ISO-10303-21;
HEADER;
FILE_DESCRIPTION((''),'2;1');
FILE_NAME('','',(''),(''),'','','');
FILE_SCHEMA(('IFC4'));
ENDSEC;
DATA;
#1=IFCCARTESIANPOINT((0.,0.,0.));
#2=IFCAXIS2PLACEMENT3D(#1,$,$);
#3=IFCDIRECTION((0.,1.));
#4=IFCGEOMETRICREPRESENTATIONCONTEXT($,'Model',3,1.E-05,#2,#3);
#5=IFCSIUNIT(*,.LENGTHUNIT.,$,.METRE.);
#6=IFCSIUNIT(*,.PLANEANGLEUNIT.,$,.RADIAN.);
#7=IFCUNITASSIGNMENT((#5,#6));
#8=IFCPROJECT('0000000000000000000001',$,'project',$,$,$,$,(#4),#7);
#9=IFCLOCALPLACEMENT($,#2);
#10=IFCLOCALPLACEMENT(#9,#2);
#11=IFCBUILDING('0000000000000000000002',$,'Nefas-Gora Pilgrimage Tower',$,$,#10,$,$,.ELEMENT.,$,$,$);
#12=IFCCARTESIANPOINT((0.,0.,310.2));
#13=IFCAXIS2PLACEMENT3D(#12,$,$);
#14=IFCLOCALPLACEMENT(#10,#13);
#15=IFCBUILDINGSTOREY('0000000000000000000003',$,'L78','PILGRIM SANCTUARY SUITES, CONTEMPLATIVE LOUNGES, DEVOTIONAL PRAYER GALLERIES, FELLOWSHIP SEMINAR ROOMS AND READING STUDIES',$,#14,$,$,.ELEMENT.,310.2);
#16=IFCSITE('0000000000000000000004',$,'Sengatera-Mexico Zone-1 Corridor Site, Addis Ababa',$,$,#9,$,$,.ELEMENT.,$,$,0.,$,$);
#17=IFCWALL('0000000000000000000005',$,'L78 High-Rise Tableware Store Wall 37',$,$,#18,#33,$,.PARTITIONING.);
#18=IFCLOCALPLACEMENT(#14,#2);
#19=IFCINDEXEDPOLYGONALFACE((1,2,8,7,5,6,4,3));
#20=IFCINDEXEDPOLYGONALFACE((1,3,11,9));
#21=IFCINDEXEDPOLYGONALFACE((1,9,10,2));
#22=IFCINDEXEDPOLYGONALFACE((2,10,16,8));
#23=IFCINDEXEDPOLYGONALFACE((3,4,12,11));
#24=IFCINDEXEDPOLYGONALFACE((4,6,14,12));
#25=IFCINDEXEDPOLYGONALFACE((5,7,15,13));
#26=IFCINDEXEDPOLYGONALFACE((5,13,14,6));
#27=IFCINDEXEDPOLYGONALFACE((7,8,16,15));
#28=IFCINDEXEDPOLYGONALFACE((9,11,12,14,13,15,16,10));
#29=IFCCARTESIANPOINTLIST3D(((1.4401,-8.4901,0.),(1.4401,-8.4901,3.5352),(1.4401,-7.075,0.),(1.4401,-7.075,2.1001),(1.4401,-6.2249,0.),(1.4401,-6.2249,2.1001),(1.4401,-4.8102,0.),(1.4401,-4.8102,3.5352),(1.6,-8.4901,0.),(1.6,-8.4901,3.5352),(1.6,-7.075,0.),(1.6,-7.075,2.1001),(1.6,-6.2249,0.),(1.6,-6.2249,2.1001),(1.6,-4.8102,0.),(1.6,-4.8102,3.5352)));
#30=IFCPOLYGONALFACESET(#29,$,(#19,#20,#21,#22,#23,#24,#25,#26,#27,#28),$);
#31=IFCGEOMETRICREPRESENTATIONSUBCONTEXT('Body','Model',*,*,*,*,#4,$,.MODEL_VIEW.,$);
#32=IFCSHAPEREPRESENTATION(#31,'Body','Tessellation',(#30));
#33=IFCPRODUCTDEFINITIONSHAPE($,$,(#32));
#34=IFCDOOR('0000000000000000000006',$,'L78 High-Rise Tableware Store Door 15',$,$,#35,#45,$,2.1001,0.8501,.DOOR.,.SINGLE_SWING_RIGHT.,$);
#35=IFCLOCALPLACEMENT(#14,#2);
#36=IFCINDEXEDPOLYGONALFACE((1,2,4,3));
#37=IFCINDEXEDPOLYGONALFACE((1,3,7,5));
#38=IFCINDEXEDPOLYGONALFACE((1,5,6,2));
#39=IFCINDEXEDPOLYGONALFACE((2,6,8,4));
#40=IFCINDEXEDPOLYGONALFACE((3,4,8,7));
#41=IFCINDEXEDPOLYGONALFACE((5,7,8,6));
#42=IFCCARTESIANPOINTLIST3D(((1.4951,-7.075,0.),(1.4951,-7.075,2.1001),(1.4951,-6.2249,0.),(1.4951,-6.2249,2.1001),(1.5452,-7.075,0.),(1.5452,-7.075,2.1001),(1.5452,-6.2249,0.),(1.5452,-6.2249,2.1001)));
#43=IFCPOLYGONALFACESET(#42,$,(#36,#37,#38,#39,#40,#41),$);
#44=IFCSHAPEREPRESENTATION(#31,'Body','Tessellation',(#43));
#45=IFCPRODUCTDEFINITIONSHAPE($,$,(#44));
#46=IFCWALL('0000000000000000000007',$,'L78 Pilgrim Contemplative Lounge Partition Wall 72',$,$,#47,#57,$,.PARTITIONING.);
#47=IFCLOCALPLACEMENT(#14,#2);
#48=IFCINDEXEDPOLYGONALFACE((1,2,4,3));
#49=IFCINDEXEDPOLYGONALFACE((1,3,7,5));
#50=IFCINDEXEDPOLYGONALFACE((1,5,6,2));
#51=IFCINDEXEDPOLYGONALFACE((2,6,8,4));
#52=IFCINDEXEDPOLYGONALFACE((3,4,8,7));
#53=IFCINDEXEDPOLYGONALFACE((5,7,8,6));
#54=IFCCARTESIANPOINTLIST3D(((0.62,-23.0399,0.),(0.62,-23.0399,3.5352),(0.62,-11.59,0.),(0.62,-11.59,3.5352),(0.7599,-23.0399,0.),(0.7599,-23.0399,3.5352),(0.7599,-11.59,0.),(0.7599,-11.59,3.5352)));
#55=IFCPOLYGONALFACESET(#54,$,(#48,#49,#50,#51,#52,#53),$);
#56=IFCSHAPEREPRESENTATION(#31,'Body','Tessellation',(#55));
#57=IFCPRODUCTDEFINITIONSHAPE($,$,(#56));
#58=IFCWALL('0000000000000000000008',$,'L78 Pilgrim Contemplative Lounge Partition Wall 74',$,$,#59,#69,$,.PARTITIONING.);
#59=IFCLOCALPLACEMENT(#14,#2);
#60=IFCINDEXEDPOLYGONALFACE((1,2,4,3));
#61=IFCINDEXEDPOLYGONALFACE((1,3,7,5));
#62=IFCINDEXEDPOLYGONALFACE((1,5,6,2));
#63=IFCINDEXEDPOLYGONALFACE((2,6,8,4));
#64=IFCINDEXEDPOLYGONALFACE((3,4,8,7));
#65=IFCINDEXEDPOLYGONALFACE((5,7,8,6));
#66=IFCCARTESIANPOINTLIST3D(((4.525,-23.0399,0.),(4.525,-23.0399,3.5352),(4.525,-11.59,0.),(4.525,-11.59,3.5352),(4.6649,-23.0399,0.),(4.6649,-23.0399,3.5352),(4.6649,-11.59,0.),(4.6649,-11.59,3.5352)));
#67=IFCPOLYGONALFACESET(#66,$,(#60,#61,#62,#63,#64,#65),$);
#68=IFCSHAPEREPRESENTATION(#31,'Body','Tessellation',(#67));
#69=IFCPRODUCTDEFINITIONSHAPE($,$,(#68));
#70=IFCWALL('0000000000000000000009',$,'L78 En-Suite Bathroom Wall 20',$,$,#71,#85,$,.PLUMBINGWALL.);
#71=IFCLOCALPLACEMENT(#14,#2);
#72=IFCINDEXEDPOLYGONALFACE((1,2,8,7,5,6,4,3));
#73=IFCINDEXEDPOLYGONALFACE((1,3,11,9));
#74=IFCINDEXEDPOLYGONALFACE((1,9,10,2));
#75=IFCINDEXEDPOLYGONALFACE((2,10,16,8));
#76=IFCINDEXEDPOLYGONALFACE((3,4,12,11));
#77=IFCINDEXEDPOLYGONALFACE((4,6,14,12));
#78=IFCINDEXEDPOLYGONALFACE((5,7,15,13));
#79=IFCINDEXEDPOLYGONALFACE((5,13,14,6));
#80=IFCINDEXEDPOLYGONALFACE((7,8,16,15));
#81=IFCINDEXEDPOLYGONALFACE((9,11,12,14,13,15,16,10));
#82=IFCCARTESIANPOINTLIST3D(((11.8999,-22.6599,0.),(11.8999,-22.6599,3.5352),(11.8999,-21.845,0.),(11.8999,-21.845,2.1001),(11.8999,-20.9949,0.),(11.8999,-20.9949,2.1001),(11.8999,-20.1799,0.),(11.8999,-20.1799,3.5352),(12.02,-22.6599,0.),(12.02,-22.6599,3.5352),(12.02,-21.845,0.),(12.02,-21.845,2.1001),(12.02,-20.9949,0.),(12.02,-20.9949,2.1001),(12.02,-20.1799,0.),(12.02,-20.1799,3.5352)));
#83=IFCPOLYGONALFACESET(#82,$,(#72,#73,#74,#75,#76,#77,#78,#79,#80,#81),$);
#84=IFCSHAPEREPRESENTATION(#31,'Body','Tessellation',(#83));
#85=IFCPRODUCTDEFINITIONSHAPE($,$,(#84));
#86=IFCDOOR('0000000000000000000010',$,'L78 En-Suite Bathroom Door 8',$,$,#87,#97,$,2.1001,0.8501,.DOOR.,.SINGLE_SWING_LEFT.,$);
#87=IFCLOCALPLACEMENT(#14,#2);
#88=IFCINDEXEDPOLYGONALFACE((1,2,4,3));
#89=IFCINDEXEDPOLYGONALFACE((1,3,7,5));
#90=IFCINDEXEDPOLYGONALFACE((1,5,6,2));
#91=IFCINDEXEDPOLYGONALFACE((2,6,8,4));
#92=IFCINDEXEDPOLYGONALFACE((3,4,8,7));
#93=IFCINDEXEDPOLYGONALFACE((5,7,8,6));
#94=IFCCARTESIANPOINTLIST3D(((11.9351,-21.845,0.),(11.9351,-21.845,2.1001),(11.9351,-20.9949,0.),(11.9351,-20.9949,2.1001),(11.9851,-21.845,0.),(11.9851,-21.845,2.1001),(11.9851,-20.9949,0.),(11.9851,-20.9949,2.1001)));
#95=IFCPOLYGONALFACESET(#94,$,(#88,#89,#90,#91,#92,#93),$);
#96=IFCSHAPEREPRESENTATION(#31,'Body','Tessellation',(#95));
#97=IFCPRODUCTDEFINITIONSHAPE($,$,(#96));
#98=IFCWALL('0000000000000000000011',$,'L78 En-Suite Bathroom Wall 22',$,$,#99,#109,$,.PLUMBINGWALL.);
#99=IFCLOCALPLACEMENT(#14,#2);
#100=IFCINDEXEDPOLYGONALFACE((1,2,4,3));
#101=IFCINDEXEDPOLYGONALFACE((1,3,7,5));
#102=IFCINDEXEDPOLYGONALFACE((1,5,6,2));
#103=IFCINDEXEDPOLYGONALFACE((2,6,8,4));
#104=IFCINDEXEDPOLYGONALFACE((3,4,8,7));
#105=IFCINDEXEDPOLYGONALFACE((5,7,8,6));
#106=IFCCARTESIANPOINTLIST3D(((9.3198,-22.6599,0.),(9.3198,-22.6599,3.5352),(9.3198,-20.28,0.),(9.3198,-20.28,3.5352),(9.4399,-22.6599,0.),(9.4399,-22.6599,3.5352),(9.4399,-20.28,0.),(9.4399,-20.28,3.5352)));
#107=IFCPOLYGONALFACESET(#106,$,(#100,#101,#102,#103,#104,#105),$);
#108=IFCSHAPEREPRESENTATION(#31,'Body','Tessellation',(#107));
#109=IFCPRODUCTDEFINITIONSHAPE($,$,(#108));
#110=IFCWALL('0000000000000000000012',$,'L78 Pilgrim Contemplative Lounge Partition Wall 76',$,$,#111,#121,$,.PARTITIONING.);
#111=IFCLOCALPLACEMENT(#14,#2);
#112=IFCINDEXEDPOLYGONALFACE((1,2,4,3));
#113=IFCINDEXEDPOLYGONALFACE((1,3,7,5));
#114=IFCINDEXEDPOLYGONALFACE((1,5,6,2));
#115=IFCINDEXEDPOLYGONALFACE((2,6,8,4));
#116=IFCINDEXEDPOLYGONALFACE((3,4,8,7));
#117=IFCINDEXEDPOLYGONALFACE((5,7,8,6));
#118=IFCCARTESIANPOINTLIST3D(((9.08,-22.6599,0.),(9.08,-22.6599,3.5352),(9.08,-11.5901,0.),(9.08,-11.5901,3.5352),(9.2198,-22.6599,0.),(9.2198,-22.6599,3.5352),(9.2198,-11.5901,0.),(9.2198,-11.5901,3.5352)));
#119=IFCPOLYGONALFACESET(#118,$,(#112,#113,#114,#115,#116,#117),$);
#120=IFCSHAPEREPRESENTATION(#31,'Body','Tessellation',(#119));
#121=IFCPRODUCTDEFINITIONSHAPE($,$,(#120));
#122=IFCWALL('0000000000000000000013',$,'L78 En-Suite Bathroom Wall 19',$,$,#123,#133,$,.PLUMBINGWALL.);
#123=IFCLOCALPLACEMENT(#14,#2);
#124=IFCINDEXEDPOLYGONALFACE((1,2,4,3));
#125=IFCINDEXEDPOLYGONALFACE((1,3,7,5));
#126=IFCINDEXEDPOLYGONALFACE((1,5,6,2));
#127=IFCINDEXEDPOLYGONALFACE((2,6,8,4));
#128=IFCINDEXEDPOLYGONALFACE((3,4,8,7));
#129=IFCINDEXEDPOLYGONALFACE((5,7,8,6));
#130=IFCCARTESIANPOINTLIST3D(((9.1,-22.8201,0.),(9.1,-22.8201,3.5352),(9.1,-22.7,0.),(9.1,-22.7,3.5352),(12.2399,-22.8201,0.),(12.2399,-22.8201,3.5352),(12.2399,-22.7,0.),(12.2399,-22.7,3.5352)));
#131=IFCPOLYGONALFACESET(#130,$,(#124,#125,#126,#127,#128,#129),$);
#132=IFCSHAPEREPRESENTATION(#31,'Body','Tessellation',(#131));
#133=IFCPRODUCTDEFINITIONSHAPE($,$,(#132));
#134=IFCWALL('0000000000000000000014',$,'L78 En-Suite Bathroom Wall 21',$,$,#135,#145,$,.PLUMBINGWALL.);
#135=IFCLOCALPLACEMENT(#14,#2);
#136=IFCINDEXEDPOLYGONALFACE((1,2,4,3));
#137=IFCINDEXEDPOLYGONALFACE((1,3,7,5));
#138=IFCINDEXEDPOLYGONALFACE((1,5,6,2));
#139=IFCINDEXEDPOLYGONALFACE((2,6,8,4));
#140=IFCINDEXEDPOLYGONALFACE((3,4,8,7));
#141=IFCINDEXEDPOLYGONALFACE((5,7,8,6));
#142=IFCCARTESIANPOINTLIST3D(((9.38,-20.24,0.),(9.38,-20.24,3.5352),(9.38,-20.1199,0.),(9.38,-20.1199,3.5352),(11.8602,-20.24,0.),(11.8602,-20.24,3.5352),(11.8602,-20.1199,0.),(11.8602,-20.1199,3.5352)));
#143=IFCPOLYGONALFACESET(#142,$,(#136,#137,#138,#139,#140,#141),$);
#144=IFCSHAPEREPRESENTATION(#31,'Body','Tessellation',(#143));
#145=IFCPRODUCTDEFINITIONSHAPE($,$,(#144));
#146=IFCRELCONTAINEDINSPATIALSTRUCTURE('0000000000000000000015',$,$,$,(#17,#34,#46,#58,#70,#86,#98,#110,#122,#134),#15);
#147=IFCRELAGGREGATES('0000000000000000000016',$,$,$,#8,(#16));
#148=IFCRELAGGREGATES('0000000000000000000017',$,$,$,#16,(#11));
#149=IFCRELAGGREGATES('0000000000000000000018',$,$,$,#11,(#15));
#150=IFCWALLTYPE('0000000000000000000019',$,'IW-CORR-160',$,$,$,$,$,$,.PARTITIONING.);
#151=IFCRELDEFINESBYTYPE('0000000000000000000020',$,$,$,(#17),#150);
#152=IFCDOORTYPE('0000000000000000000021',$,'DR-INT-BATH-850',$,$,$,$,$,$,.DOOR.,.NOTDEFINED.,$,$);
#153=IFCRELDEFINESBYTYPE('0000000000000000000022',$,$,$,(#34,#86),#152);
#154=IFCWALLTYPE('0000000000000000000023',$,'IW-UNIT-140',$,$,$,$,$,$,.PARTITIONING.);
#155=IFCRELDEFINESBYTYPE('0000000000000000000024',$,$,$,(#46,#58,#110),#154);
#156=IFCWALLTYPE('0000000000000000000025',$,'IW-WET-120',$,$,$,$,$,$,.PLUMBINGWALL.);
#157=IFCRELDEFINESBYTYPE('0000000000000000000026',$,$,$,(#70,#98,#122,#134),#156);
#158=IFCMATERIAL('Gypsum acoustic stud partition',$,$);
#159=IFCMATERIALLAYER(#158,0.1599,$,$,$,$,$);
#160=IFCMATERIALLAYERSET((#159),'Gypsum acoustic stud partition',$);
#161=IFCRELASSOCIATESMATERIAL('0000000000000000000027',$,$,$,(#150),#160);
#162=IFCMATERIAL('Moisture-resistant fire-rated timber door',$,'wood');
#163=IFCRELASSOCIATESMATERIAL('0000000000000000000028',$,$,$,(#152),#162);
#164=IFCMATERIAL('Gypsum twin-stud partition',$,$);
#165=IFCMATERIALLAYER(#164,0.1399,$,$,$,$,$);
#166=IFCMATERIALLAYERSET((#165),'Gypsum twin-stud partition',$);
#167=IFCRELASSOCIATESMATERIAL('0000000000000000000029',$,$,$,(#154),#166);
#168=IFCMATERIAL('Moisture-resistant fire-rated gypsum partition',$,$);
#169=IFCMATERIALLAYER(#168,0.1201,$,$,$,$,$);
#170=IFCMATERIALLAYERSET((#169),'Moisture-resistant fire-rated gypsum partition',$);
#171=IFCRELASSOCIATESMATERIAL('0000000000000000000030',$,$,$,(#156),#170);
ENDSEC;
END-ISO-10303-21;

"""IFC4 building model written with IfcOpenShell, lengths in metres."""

from ifc_helpers import new_model, si_unit, direction, frame, frame_2d, origin, place, context, subcontext, project, spatial, rectangle, extrude, source, transform, mapped, material, layer, layer_set, type_object, element, fill, save


model = new_model("IFC4")

# Units and contexts
model_context = context("Model", 3, precision=1e-05, world=origin(), true_north=direction((0.0, 1.0)))
body_context = subcontext(model_context, "Body", "Model", "MODEL_VIEW")
ifc_project = project(units=[si_unit("LENGTHUNIT", "METRE"), si_unit("PLANEANGLEUNIT", "RADIAN")], contexts=[model_context])

# Site, building, storey
site_placement = place(None, origin())
site = spatial("IfcSite", under=ifc_project, at=site_placement, Name="Sengatera-Mexico Zone-1 Corridor Site, Addis Ababa", CompositionType="ELEMENT", RefElevation=0.0)
building_placement = place(site_placement, origin())
building = spatial("IfcBuilding", under=site, at=building_placement, Name="Nefas-Gora Pilgrimage Tower", CompositionType="ELEMENT")
storey_placement = place(building_placement, frame((0.0, 0.0, 310.2)))
storey = spatial("IfcBuildingStorey", under=building, at=storey_placement, Name="L78", Description="PILGRIM SANCTUARY SUITES, CONTEMPLATIVE LOUNGES, DEVOTIONAL PRAYER GALLERIES, FELLOWSHIP SEMINAR ROOMS AND READING STUDIES", CompositionType="ELEMENT", Elevation=310.2)

# Wall, opening, door
ifc_material_1 = material(Name="Gypsum acoustic stud partition")
ifc_layer_1 = layer(ifc_material_1, 0.1599)
ifc_layer_set_1 = layer_set([ifc_layer_1], Name="Gypsum acoustic stud partition")
wall_type_1 = type_object("IfcWallType", Name="IW-CORR-160", PredefinedType="PARTITIONING", material=ifc_layer_set_1)
shared_shape_1 = source(origin(), body_context, "Body", "SweptSolid", [
    extrude(rectangle(XDim=3.6799, YDim=0.1599, at=frame_2d((1.8398, 0.0))), origin(), (0.0, 0.0, 1.0), 3.5352),
])
ifc_material_2 = material(Name="Moisture-resistant fire-rated timber door", Category="wood")
door_type_1 = type_object("IfcDoorType", Name="DR-INT-BATH-850", OperationType="NOTDEFINED", PredefinedType="DOOR", material=ifc_material_2)
shared_shape_2 = source(origin(), body_context, "Body", "SweptSolid", [
    extrude(rectangle(XDim=0.8501, YDim=2.1001, at=frame_2d((0.425, 1.05))), frame((0.0, 0.0249, 0.0), z_axis=(0.0, -1.0, 0.0), x_axis=(1.0, 0.0, 0.0)), (0.0, 0.0, 1.0), 0.05),
])
wall_1_placement = place(storey_placement, frame((1.52, -8.49, 0.0), z_axis=(0.0, 0.0, 1.0), x_axis=(0.0, 1.0, 0.0)))
wall_1 = element("IfcWall", 1, at=wall_1_placement, inside=storey, type_object=wall_type_1, Name="L78 High-Rise Tableware Store Wall 37", PredefinedType="PARTITIONING", context=body_context, shape_type="MappedRepresentation", body=[
    mapped(shared_shape_1, transform((0.0, 0.0, 0.0), x_axis=(1.0, 0.0, 0.0), y_axis=(0.0, 1.0, 0.0), z_axis=(0.0, 0.0, 1.0), scale=1.0)),
])
opening_1_placement = place(wall_1_placement, frame((1.415, 0.0, 0.0)))
opening_1 = element("IfcOpeningElement", 2, at=opening_1_placement, cuts=wall_1, PredefinedType="OPENING", context=body_context, shape_type="SweptSolid", body=[
    extrude(rectangle(XDim=0.8501, YDim=2.1001, at=frame_2d((0.425, 1.05))), frame((0.0, 0.0898, 0.0), z_axis=(0.0, -1.0, 0.0), x_axis=(1.0, 0.0, 0.0)), (0.0, 0.0, 1.0), 0.1799),
])
door_1_placement = place(opening_1_placement, origin())
door_1 = element("IfcDoor", 3, at=door_1_placement, inside=storey, type_object=door_type_1, Name="L78 High-Rise Tableware Store Door 15", OperationType="SINGLE_SWING_RIGHT", OverallHeight=2.1001, OverallWidth=0.8501, PredefinedType="DOOR", context=body_context, shape_type="MappedRepresentation", body=[
    mapped(shared_shape_2, transform((0.0, 0.0, 0.0), x_axis=(1.0, 0.0, 0.0), y_axis=(0.0, 1.0, 0.0), z_axis=(0.0, 0.0, 1.0), scale=1.0)),
])
fill(opening_1, door_1)

# Walls
ifc_material_3 = material(Name="Gypsum twin-stud partition")
ifc_layer_2 = layer(ifc_material_3, 0.1399)
ifc_layer_set_2 = layer_set([ifc_layer_2], Name="Gypsum twin-stud partition")
wall_type_2 = type_object("IfcWallType", Name="IW-UNIT-140", PredefinedType="PARTITIONING", material=ifc_layer_set_2)
shared_shape_3 = source(origin(), body_context, "Body", "SweptSolid", [
    extrude(rectangle(XDim=11.45, YDim=0.1399, at=frame_2d((5.7251, 0.0))), origin(), (0.0, 0.0, 1.0), 3.5352),
])
for number, where, z_axis, x_axis, name in (
    (4, (0.6899, -23.04, 0.0), (0.0, 0.0, 1.0), (0.0, 1.0, 0.0), "L78 Pilgrim Contemplative Lounge Partition Wall 72"),
    (5, (4.595, -23.04, 0.0), (0.0, 0.0, 1.0), (0.0, 1.0, 0.0), "L78 Pilgrim Contemplative Lounge Partition Wall 74"),
):
    element("IfcWall", number, at=place(storey_placement, frame(where, z_axis=z_axis, x_axis=x_axis)), inside=storey, type_object=wall_type_2, Name=name, PredefinedType="PARTITIONING", context=body_context, shape_type="MappedRepresentation", body=[
        mapped(shared_shape_3, transform((0.0, 0.0, 0.0), x_axis=(1.0, 0.0, 0.0), y_axis=(0.0, 1.0, 0.0), z_axis=(0.0, 0.0, 1.0), scale=1.0)),
    ])

# Wall, opening, door
ifc_material_4 = material(Name="Moisture-resistant fire-rated gypsum partition")
ifc_layer_3 = layer(ifc_material_4, 0.1201)
ifc_layer_set_3 = layer_set([ifc_layer_3], Name="Moisture-resistant fire-rated gypsum partition")
wall_type_3 = type_object("IfcWallType", Name="IW-WET-120", PredefinedType="PLUMBINGWALL", material=ifc_layer_set_3)
shared_shape_4 = source(origin(), body_context, "Body", "SweptSolid", [
    extrude(rectangle(XDim=2.48, YDim=0.1201, at=frame_2d((1.24, 0.0))), origin(), (0.0, 0.0, 1.0), 3.5352),
])
wall_2_placement = place(storey_placement, frame((11.96, -22.6599, 0.0), z_axis=(0.0, 0.0, 1.0), x_axis=(0.0, 1.0, 0.0)))
wall_2 = element("IfcWall", 6, at=wall_2_placement, inside=storey, type_object=wall_type_3, Name="L78 En-Suite Bathroom Wall 20", PredefinedType="PLUMBINGWALL", context=body_context, shape_type="MappedRepresentation", body=[
    mapped(shared_shape_4, transform((0.0, 0.0, 0.0), x_axis=(1.0, 0.0, 0.0), y_axis=(0.0, 1.0, 0.0), z_axis=(0.0, 0.0, 1.0), scale=1.0)),
])
opening_2_placement = place(wall_2_placement, frame((0.8149, 0.0, 0.0)))
opening_2 = element("IfcOpeningElement", 7, at=opening_2_placement, cuts=wall_2, PredefinedType="OPENING", context=body_context, shape_type="SweptSolid", body=[
    extrude(rectangle(XDim=0.8501, YDim=2.1001, at=frame_2d((0.425, 1.05))), frame((0.0, 0.0701, 0.0), z_axis=(0.0, -1.0, 0.0), x_axis=(1.0, 0.0, 0.0)), (0.0, 0.0, 1.0), 0.1401),
])
door_2_placement = place(opening_2_placement, origin())
door_2 = element("IfcDoor", 8, at=door_2_placement, inside=storey, type_object=door_type_1, Name="L78 En-Suite Bathroom Door 8", OperationType="SINGLE_SWING_LEFT", OverallHeight=2.1001, OverallWidth=0.8501, PredefinedType="DOOR", context=body_context, shape_type="MappedRepresentation", body=[
    mapped(shared_shape_2, transform((0.0, 0.0, 0.0), x_axis=(1.0, 0.0, 0.0), y_axis=(0.0, 1.0, 0.0), z_axis=(0.0, 0.0, 1.0), scale=1.0)),
])
fill(opening_2, door_2)

# Walls
shared_shape_5 = source(origin(), body_context, "Body", "SweptSolid", [
    extrude(rectangle(XDim=2.3799, YDim=0.1201, at=frame_2d((1.1899, 0.0))), origin(), (0.0, 0.0, 1.0), 3.5352),
])
wall_3_placement = place(storey_placement, frame((9.3799, -22.6599, 0.0), z_axis=(0.0, 0.0, 1.0), x_axis=(0.0, 1.0, 0.0)))
element("IfcWall", 9, at=wall_3_placement, inside=storey, type_object=wall_type_3, Name="L78 En-Suite Bathroom Wall 22", PredefinedType="PLUMBINGWALL", context=body_context, shape_type="MappedRepresentation", body=[
    mapped(shared_shape_5, transform((0.0, 0.0, 0.0), x_axis=(1.0, 0.0, 0.0), y_axis=(0.0, 1.0, 0.0), z_axis=(0.0, 0.0, 1.0), scale=1.0)),
])
shared_shape_6 = source(origin(), body_context, "Body", "SweptSolid", [
    extrude(rectangle(XDim=11.0698, YDim=0.1399, at=frame_2d((5.5349, 0.0))), origin(), (0.0, 0.0, 1.0), 3.5352),
])
wall_4_placement = place(storey_placement, frame((9.1499, -22.6599, 0.0), z_axis=(0.0, 0.0, 1.0), x_axis=(0.0, 1.0, 0.0)))
element("IfcWall", 10, at=wall_4_placement, inside=storey, type_object=wall_type_2, Name="L78 Pilgrim Contemplative Lounge Partition Wall 76", PredefinedType="PARTITIONING", context=body_context, shape_type="MappedRepresentation", body=[
    mapped(shared_shape_6, transform((0.0, 0.0, 0.0), x_axis=(1.0, 0.0, 0.0), y_axis=(0.0, 1.0, 0.0), z_axis=(0.0, 0.0, 1.0), scale=1.0)),
])
shared_shape_7 = source(origin(), body_context, "Body", "SweptSolid", [
    extrude(rectangle(XDim=3.1399, YDim=0.1201, at=frame_2d((1.5698, 0.0))), origin(), (0.0, 0.0, 1.0), 3.5352),
])
wall_5_placement = place(storey_placement, frame((9.1001, -22.76, 0.0), z_axis=(0.0, 0.0, 1.0), x_axis=(1.0, 0.0, 0.0)))
element("IfcWall", 11, at=wall_5_placement, inside=storey, type_object=wall_type_3, Name="L78 En-Suite Bathroom Wall 19", PredefinedType="PLUMBINGWALL", context=body_context, shape_type="MappedRepresentation", body=[
    mapped(shared_shape_7, transform((0.0, 0.0, 0.0), x_axis=(1.0, 0.0, 0.0), y_axis=(0.0, 1.0, 0.0), z_axis=(0.0, 0.0, 1.0), scale=1.0)),
])
shared_shape_8 = source(origin(), body_context, "Body", "SweptSolid", [
    extrude(rectangle(XDim=2.4802, YDim=0.1201, at=frame_2d((1.2402, 0.0))), origin(), (0.0, 0.0, 1.0), 3.5352),
])
wall_6_placement = place(storey_placement, frame((9.3799, -20.1799, 0.0), z_axis=(0.0, 0.0, 1.0), x_axis=(1.0, 0.0, 0.0)))
element("IfcWall", 12, at=wall_6_placement, inside=storey, type_object=wall_type_3, Name="L78 En-Suite Bathroom Wall 21", PredefinedType="PLUMBINGWALL", context=body_context, shape_type="MappedRepresentation", body=[
    mapped(shared_shape_8, transform((0.0, 0.0, 0.0), x_axis=(1.0, 0.0, 0.0), y_axis=(0.0, 1.0, 0.0), z_axis=(0.0, 0.0, 1.0), scale=1.0)),
])

save(model, "model.ifc")
